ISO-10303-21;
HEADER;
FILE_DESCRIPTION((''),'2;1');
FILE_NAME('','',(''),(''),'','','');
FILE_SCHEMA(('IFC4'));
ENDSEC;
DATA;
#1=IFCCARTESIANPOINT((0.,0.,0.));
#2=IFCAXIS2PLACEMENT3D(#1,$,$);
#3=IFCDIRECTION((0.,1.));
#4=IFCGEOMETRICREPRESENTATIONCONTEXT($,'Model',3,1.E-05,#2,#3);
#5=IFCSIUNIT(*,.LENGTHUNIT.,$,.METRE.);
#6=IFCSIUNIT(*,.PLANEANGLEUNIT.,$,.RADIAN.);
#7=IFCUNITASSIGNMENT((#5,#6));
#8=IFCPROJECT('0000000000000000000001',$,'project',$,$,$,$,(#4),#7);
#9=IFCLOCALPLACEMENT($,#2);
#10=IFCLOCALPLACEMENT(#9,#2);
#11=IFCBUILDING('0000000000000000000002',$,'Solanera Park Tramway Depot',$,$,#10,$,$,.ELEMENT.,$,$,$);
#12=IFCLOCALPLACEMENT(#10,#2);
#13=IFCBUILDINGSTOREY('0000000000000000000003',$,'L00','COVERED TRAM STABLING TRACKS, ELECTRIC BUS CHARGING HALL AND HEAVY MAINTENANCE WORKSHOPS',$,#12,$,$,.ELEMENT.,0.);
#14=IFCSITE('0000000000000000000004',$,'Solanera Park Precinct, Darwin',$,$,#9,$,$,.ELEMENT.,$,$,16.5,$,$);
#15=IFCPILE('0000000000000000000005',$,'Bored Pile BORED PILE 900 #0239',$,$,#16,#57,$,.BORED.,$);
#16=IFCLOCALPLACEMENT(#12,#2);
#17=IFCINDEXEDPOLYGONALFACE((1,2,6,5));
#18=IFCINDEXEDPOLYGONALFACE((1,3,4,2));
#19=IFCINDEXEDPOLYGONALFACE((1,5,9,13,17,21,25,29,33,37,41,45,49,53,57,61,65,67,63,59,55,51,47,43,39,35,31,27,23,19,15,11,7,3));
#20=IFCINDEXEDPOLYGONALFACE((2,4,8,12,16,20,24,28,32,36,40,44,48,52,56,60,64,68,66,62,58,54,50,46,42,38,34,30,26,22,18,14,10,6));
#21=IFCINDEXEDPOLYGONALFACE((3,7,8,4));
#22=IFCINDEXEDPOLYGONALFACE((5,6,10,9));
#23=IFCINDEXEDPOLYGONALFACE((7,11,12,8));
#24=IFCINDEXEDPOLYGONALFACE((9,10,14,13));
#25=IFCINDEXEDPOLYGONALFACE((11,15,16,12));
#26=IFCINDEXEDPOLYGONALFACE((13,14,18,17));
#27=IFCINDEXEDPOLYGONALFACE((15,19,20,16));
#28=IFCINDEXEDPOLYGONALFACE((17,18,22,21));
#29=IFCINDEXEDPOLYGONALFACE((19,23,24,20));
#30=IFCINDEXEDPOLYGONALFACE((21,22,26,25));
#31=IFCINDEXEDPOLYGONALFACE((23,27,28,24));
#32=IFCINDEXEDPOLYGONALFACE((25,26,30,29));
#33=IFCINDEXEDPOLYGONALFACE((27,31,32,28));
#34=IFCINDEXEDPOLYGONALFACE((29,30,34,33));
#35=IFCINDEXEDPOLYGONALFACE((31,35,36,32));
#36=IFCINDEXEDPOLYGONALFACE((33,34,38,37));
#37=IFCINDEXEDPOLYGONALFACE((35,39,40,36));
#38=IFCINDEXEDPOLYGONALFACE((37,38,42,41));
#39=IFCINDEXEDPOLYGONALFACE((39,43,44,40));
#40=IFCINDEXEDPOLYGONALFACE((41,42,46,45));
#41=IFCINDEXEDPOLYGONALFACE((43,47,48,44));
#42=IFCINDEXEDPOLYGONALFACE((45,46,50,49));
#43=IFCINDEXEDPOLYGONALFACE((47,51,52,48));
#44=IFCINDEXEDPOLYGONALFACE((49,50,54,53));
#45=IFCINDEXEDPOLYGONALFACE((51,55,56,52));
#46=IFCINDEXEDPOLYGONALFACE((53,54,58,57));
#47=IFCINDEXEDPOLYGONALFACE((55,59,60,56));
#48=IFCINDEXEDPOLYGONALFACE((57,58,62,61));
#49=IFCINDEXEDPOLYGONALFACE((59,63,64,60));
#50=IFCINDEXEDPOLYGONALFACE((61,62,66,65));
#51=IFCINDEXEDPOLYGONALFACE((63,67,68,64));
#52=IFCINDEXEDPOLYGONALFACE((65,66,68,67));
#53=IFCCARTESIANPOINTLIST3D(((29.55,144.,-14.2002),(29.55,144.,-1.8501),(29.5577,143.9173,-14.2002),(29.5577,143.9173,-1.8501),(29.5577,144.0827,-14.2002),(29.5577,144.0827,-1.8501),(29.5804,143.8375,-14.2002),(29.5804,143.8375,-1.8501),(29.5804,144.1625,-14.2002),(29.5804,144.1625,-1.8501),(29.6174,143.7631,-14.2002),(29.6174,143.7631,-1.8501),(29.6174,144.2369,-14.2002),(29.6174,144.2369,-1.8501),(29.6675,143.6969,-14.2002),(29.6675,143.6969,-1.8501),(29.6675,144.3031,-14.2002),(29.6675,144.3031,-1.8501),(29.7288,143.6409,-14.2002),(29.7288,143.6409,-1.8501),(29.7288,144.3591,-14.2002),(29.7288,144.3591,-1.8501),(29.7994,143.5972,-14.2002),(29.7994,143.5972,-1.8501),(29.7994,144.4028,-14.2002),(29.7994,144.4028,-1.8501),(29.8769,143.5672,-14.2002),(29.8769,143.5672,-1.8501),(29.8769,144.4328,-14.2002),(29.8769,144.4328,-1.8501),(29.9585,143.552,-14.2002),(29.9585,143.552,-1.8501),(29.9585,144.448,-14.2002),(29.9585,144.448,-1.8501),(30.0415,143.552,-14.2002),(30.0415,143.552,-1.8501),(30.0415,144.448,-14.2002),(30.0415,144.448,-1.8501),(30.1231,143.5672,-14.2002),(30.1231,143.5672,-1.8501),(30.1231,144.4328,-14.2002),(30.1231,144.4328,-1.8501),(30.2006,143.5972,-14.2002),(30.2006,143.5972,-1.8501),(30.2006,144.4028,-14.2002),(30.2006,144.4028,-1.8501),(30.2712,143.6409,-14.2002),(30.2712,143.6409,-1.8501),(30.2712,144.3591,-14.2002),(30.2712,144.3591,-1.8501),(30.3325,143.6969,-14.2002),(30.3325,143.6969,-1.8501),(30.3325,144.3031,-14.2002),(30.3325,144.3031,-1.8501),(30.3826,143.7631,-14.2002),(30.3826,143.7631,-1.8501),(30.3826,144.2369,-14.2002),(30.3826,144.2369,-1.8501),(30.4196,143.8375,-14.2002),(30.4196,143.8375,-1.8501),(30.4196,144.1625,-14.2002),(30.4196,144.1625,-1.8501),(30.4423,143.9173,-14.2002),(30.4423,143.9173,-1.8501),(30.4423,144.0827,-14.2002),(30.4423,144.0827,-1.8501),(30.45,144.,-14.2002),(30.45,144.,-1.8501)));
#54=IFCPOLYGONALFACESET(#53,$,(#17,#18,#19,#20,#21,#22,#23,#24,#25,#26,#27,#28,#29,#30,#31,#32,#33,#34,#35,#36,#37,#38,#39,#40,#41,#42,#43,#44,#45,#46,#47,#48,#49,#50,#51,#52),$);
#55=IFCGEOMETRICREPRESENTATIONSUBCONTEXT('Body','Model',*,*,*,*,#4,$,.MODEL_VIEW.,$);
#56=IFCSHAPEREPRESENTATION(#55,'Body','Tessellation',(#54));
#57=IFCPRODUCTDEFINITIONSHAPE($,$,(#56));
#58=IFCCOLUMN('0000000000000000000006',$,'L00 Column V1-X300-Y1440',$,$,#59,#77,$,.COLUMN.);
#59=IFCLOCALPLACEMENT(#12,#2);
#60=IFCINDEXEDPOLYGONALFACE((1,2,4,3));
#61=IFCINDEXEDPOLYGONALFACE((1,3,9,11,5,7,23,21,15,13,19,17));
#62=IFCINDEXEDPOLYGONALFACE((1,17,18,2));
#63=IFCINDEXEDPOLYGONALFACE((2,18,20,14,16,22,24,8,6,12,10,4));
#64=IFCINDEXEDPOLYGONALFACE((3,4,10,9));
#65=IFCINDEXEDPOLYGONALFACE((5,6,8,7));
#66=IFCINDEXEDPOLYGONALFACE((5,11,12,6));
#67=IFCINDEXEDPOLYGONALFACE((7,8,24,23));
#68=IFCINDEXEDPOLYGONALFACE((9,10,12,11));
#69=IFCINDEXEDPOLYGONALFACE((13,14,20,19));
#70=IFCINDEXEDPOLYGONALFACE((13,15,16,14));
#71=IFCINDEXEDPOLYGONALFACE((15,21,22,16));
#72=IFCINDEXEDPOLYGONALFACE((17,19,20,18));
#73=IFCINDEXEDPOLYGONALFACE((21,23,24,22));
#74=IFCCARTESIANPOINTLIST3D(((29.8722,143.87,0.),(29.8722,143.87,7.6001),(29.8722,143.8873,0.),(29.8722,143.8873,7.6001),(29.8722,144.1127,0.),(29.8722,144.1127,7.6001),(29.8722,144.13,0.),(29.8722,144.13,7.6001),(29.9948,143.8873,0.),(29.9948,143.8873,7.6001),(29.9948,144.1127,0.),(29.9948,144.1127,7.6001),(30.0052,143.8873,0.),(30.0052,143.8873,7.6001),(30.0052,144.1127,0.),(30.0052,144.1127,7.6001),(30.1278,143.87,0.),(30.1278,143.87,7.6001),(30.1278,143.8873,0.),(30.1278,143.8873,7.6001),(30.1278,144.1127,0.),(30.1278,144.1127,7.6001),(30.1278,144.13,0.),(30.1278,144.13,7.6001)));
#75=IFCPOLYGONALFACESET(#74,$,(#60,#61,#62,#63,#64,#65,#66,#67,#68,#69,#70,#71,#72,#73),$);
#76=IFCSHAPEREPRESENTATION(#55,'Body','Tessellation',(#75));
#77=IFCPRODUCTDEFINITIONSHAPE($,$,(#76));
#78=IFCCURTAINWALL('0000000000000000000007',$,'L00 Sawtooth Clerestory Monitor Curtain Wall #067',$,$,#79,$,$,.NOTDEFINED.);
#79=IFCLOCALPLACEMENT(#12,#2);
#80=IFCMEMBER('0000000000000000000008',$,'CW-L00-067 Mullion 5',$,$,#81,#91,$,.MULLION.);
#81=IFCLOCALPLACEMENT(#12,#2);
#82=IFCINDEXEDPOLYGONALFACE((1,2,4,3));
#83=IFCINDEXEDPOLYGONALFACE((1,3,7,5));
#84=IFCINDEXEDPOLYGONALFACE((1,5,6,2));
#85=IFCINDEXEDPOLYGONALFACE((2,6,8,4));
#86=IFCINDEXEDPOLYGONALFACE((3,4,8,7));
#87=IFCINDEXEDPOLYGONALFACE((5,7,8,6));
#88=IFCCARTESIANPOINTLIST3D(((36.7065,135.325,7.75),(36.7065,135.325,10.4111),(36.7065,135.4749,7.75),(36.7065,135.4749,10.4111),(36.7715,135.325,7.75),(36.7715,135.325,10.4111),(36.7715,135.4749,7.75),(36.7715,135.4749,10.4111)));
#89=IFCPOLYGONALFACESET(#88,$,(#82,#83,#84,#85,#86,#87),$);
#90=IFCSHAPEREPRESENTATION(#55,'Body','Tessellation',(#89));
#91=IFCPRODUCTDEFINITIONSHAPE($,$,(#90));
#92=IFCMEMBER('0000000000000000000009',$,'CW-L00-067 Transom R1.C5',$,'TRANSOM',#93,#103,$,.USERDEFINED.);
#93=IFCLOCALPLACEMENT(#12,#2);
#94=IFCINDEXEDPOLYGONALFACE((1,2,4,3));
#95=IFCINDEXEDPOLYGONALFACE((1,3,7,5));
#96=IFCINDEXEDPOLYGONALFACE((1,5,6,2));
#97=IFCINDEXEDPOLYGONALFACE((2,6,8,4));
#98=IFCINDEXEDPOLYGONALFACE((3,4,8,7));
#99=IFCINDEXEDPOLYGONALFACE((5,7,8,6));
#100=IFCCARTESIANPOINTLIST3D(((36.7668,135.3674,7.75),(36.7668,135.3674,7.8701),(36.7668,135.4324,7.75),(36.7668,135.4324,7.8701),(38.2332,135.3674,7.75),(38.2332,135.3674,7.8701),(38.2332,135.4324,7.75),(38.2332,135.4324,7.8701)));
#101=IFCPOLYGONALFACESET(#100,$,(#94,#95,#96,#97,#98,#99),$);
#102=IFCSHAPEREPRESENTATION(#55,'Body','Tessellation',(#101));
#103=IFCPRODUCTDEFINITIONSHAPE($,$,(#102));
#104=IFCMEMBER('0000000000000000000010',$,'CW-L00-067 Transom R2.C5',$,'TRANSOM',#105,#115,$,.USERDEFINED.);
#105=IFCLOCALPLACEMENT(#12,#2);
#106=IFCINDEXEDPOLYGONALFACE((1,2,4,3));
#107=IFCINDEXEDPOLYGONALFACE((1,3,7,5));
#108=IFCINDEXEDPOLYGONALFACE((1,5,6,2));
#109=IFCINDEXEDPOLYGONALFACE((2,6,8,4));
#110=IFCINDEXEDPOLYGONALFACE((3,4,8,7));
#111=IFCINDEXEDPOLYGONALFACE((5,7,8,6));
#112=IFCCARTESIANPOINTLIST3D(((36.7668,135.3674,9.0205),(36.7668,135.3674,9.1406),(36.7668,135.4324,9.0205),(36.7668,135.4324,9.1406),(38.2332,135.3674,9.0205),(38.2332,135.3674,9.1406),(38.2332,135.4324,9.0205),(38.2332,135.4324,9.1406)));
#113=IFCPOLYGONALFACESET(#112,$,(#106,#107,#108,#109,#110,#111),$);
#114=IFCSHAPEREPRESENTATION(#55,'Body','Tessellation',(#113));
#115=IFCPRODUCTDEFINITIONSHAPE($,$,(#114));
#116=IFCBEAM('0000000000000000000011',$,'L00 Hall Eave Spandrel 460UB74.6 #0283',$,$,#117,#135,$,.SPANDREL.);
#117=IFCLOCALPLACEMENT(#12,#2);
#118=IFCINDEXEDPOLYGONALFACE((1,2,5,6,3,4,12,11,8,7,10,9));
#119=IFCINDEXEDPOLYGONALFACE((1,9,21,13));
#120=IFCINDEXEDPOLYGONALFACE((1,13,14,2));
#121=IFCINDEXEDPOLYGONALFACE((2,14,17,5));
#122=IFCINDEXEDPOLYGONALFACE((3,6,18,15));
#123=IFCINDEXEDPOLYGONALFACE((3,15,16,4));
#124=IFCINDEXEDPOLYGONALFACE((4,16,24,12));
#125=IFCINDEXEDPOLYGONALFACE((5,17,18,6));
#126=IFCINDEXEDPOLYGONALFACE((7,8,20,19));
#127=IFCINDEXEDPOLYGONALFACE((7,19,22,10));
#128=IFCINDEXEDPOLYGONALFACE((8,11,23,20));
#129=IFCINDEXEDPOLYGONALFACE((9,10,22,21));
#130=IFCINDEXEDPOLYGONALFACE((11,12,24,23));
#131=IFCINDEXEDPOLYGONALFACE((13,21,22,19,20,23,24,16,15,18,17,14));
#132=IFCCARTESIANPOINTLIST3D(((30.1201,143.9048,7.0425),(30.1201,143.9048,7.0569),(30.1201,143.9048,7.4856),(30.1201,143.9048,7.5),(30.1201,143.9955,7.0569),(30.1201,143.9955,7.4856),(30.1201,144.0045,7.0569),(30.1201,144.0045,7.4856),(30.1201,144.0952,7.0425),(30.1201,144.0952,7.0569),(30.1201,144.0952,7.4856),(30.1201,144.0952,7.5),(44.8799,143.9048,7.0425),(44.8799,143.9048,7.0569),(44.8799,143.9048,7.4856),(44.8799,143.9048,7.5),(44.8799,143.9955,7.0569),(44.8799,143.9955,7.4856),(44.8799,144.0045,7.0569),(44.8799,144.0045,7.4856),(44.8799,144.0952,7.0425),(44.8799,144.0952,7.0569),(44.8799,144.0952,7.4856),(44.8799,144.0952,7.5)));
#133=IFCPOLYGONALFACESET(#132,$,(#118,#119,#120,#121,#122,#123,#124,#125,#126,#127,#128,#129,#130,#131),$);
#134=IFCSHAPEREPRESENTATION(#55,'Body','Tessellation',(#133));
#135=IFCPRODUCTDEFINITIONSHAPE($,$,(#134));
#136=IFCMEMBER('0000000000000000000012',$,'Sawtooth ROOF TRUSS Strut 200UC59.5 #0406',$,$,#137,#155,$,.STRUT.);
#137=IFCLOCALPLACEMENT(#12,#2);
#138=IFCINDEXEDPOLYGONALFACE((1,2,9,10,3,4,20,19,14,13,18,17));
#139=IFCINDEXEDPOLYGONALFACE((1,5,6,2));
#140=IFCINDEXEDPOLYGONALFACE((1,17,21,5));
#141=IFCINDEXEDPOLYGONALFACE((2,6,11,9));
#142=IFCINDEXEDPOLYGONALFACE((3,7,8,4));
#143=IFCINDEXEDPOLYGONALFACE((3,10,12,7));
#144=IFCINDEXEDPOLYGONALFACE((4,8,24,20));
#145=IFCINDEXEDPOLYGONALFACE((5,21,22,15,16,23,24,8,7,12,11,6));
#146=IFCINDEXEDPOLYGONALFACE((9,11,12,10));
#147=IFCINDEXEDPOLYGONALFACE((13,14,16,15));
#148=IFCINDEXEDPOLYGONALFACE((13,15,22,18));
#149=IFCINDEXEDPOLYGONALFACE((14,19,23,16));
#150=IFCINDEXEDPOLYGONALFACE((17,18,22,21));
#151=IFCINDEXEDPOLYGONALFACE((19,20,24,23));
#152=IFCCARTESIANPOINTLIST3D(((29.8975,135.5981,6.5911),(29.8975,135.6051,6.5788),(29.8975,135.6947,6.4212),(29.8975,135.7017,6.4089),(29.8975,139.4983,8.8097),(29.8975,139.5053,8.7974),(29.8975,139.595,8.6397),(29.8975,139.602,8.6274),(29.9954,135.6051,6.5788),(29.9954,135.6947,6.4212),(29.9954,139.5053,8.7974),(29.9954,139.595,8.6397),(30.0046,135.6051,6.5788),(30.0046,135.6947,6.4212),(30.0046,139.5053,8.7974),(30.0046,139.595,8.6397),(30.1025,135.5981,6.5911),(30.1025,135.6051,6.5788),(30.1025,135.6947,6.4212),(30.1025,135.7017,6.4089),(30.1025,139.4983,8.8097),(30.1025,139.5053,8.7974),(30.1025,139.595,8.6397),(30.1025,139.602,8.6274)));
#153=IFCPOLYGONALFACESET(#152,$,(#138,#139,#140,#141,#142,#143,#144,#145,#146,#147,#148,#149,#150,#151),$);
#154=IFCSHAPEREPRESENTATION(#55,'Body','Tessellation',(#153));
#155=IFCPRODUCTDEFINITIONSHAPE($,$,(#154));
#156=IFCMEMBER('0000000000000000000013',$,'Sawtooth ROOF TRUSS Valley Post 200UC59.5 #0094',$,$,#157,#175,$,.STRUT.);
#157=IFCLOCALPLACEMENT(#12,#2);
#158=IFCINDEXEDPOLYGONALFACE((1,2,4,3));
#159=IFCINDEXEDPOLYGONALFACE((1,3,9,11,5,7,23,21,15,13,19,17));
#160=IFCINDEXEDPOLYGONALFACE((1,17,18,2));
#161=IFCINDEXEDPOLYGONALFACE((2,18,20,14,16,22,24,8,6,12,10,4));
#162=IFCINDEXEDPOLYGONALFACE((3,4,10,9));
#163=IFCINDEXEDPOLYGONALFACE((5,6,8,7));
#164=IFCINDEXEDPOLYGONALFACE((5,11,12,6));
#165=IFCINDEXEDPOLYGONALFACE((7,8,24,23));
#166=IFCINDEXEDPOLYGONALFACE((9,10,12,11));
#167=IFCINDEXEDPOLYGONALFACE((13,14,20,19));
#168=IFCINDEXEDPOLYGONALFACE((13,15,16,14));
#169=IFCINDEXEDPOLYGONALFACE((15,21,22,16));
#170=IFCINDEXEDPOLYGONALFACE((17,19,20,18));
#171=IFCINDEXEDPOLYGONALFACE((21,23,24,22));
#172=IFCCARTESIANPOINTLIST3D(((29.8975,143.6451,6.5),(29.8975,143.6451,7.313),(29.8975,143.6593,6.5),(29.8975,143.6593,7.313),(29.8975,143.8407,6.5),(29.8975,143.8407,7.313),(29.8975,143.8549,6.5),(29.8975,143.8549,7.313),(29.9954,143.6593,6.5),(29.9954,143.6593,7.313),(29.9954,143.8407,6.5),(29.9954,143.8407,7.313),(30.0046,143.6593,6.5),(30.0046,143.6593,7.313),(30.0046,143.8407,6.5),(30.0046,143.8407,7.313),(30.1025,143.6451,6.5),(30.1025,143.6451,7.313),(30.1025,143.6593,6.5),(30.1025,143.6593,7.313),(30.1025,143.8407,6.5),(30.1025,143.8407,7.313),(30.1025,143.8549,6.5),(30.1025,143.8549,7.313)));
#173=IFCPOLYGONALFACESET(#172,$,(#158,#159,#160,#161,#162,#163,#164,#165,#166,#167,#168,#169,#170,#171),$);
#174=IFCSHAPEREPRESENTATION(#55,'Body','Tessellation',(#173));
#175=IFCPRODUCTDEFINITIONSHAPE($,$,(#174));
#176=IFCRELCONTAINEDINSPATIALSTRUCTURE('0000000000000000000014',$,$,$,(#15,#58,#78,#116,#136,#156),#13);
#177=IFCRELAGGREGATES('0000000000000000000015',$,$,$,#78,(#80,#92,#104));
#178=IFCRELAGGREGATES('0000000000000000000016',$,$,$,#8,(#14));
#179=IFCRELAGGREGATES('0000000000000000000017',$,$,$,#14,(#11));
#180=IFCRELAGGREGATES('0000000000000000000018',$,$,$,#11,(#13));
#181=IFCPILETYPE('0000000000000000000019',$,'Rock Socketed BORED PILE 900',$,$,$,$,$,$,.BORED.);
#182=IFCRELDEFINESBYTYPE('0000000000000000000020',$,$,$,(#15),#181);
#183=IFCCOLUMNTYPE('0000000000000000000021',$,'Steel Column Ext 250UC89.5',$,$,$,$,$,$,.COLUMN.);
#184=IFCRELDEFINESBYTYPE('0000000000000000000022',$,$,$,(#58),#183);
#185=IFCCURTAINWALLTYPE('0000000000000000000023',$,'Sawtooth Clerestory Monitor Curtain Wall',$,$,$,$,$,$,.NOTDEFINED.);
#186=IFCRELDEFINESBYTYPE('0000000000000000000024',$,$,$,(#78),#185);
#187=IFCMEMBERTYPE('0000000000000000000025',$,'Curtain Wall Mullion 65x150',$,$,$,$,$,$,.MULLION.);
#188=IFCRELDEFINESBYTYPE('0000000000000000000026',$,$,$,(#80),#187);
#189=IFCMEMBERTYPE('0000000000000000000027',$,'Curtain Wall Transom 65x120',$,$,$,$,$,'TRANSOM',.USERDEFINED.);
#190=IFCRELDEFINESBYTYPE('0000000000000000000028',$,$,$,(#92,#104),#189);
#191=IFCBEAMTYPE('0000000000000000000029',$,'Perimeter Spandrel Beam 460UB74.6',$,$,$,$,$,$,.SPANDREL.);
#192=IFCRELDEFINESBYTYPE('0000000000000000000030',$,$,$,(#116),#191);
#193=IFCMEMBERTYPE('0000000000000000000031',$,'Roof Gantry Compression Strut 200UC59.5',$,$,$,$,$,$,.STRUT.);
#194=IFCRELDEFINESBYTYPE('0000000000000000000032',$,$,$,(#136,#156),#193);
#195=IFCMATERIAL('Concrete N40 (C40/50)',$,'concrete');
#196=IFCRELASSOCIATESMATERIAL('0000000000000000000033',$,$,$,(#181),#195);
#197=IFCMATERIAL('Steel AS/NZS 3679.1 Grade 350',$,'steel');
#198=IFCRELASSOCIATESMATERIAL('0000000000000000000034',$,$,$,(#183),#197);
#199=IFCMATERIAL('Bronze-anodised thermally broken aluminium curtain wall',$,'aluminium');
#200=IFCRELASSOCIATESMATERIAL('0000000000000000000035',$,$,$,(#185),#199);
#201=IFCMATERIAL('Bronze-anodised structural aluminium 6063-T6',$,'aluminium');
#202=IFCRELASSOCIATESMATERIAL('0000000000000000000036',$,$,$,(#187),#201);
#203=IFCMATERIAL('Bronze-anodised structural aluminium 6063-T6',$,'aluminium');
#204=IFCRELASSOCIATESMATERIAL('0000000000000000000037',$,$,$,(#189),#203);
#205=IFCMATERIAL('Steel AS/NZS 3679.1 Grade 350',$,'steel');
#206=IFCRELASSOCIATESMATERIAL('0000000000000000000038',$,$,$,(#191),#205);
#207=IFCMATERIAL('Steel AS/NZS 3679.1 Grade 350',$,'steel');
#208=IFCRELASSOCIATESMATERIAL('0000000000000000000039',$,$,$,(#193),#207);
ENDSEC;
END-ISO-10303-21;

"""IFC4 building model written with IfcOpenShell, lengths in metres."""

from ifc_helpers import new_model, si_unit, direction, frame, origin, origin_2d, place, context, subcontext, project, spatial, rectangle, circle, i_section, extrude, material, material_profile, profile_set, type_object, element, aggregate, save


model = new_model("IFC4")

# Units and contexts
model_context = context("Model", 3, precision=1e-05, world=origin(), true_north=direction((0.0, 1.0)))
body_context = subcontext(model_context, "Body", "Model", "MODEL_VIEW")
ifc_project = project(units=[si_unit("LENGTHUNIT", "METRE"), si_unit("PLANEANGLEUNIT", "RADIAN")], contexts=[model_context])

# Site, building, storey
site_placement = place(None, origin())
site = spatial("IfcSite", under=ifc_project, at=site_placement, Name="Solanera Park Precinct, Darwin", CompositionType="ELEMENT", RefElevation=16.5)
building_placement = place(site_placement, origin())
building = spatial("IfcBuilding", under=site, at=building_placement, Name="Solanera Park Tramway Depot", CompositionType="ELEMENT")
storey_placement = place(building_placement, origin())
storey = spatial("IfcBuildingStorey", under=building, at=storey_placement, Name="L00", Description="COVERED TRAM STABLING TRACKS, ELECTRIC BUS CHARGING HALL AND HEAVY MAINTENANCE WORKSHOPS", CompositionType="ELEMENT", Elevation=0.0)

# Pile
ifc_material_1 = material(Name="Concrete N40 (C40/50)", Category="concrete")
ifc_material_profile_1 = material_profile(ifc_material_1, circle(Radius=0.45, at=origin_2d()), Name="BORED PILE 900")
ifc_profile_set_1 = profile_set([ifc_material_profile_1], Name="Concrete N40 (C40/50)")
pile_type = type_object("IfcPileType", Name="Rock Socketed BORED PILE 900", PredefinedType="BORED", material=ifc_profile_set_1)
pile_placement = place(storey_placement, frame((30.0, 144.0, -1.8501), z_axis=(0.0, 0.0, -1.0), x_axis=(1.0, 0.0, 0.0)))
element("IfcPile", 1, at=pile_placement, inside=storey, type_object=pile_type, Name="Bored Pile BORED PILE 900 #0239", PredefinedType="BORED", context=body_context, shape_type="SweptSolid", body=[
    extrude(circle(Radius=0.45, at=origin_2d()), origin(), (0.0, 0.0, 1.0), 12.3501),
])

# Column
ifc_material_2 = material(Name="Steel AS/NZS 3679.1 Grade 350", Category="steel")
ifc_material_profile_2 = material_profile(ifc_material_2, i_section(OverallWidth=0.2556, OverallDepth=0.26, WebThickness=0.0105, FlangeThickness=0.0173, at=origin_2d()), Name="250UC89.5")
ifc_profile_set_2 = profile_set([ifc_material_profile_2], Name="Steel AS/NZS 3679.1 Grade 350")
column_type = type_object("IfcColumnType", Name="Steel Column Ext 250UC89.5", PredefinedType="COLUMN", material=ifc_profile_set_2)
column_placement = place(storey_placement, frame((30.0, 144.0, 0.0), z_axis=(0.0, 0.0, 1.0), x_axis=(1.0, 0.0, 0.0)))
element("IfcColumn", 2, at=column_placement, inside=storey, type_object=column_type, Name="L00 Column V1-X300-Y1440", PredefinedType="COLUMN", context=body_context, shape_type="SweptSolid", body=[
    extrude(i_section(OverallWidth=0.2556, OverallDepth=0.26, WebThickness=0.0105, FlangeThickness=0.0173, at=origin_2d()), origin(), (0.0, 0.0, 1.0), 7.6001),
])

# Curtain wall, members
ifc_material_3 = material(Name="Bronze-anodised thermally broken aluminium curtain wall", Category="aluminium")
curtain_wall_type = type_object("IfcCurtainWallType", Name="Sawtooth Clerestory Monitor Curtain Wall", PredefinedType="NOTDEFINED", material=ifc_material_3)
curtain_wall_placement = place(storey_placement, origin())
curtain_wall = element("IfcCurtainWall", 3, at=curtain_wall_placement, inside=storey, type_object=curtain_wall_type, Name="L00 Sawtooth Clerestory Monitor Curtain Wall #067", PredefinedType="NOTDEFINED")
ifc_material_4 = material(Name="Bronze-anodised structural aluminium 6063-T6", Category="aluminium")
ifc_material_profile_3 = material_profile(ifc_material_4, rectangle(XDim=0.0649, YDim=0.1499, at=origin_2d()), Name="Curtain Wall Mullion 65x150")
ifc_profile_set_3 = profile_set([ifc_material_profile_3], Name="Bronze-anodised structural aluminium 6063-T6")
member_type_1 = type_object("IfcMemberType", Name="Curtain Wall Mullion 65x150", PredefinedType="MULLION", material=ifc_profile_set_3)
member_1_placement = place(storey_placement, frame((36.739, 135.3999, 7.75), z_axis=(0.0, 0.0, 1.0), x_axis=(1.0, 0.0, 0.0)))
member_1 = element("IfcMember", 4, at=member_1_placement, type_object=member_type_1, Name="CW-L00-067 Mullion 5", PredefinedType="MULLION", context=body_context, shape_type="SweptSolid", body=[
    extrude(rectangle(XDim=0.0649, YDim=0.1499, at=origin_2d()), origin(), (0.0, 0.0, 1.0), 2.6611),
])
ifc_material_5 = material(Name="Bronze-anodised structural aluminium 6063-T6", Category="aluminium")
ifc_material_profile_4 = material_profile(ifc_material_5, rectangle(XDim=0.0649, YDim=0.1201, at=origin_2d()), Name="Curtain Wall Transom 65x120")
ifc_profile_set_4 = profile_set([ifc_material_profile_4], Name="Bronze-anodised structural aluminium 6063-T6")
member_type_2 = type_object("IfcMemberType", Name="Curtain Wall Transom 65x120", ElementType="TRANSOM", PredefinedType="USERDEFINED", material=ifc_profile_set_4)
member_2_placement = place(storey_placement, frame((36.7668, 135.3999, 7.8101), z_axis=(1.0, 0.0, 0.0), x_axis=(0.0, 1.0, 0.0)))
member_2 = element("IfcMember", 5, at=member_2_placement, type_object=member_type_2, Name="CW-L00-067 Transom R1.C5", ObjectType="TRANSOM", PredefinedType="USERDEFINED", context=body_context, shape_type="SweptSolid", body=[
    extrude(rectangle(XDim=0.0649, YDim=0.1201, at=origin_2d()), origin(), (0.0, 0.0, 1.0), 1.4663),
])
member_3_placement = place(storey_placement, frame((36.7668, 135.3999, 9.0806), z_axis=(1.0, 0.0, 0.0), x_axis=(0.0, 1.0, 0.0)))
member_3 = element("IfcMember", 6, at=member_3_placement, type_object=member_type_2, Name="CW-L00-067 Transom R2.C5", ObjectType="TRANSOM", PredefinedType="USERDEFINED", context=body_context, shape_type="SweptSolid", body=[
    extrude(rectangle(XDim=0.0649, YDim=0.1201, at=origin_2d()), origin(), (0.0, 0.0, 1.0), 1.4663),
])

# Beam
ifc_material_6 = material(Name="Steel AS/NZS 3679.1 Grade 350", Category="steel")
ifc_material_profile_5 = material_profile(ifc_material_6, i_section(OverallWidth=0.1904, OverallDepth=0.4575, WebThickness=0.009, FlangeThickness=0.0144, at=origin_2d()), Name="460UB74.6")
ifc_profile_set_5 = profile_set([ifc_material_profile_5], Name="Steel AS/NZS 3679.1 Grade 350")
beam_type_1 = type_object("IfcBeamType", Name="Perimeter Spandrel Beam 460UB74.6", PredefinedType="SPANDREL", material=ifc_profile_set_5)
beam_1_placement = place(storey_placement, frame((30.1201, 144.0, 7.2712), z_axis=(1.0, 0.0, 0.0), x_axis=(0.0, 1.0, 0.0)))
element("IfcBeam", 7, at=beam_1_placement, inside=storey, type_object=beam_type_1, Name="L00 Hall Eave Spandrel 460UB74.6 #0283", PredefinedType="SPANDREL", context=body_context, shape_type="SweptSolid", body=[
    extrude(i_section(OverallWidth=0.1904, OverallDepth=0.4575, WebThickness=0.009, FlangeThickness=0.0144, at=origin_2d()), origin(), (0.0, 0.0, 1.0), 14.7598),
])

# Members
ifc_material_7 = material(Name="Steel AS/NZS 3679.1 Grade 350", Category="steel")
ifc_material_profile_6 = material_profile(ifc_material_7, i_section(OverallWidth=0.2051, OverallDepth=0.2097, WebThickness=0.0093, FlangeThickness=0.0142, at=origin_2d()), Name="200UC59.5")
ifc_profile_set_6 = profile_set([ifc_material_profile_6], Name="Steel AS/NZS 3679.1 Grade 350")
member_type_3 = type_object("IfcMemberType", Name="Roof Gantry Compression Strut 200UC59.5", PredefinedType="STRUT", material=ifc_profile_set_6)
member_4_placement = place(storey_placement, frame((30.0, 135.6499, 6.5), z_axis=(0.0, 0.869216, 0.494433), x_axis=(-1.0, 0.0, 0.0)))
element("IfcMember", 8, at=member_4_placement, inside=storey, type_object=member_type_3, Name="Sawtooth ROOF TRUSS Strut 200UC59.5 #0406", PredefinedType="STRUT", context=body_context, shape_type="SweptSolid", body=[
    extrude(i_section(OverallWidth=0.2051, OverallDepth=0.2097, WebThickness=0.0093, FlangeThickness=0.0142, at=origin_2d()), origin(), (0.0, 0.0, 1.0), 4.4871),
])
member_5_placement = place(storey_placement, frame((30.0, 143.75, 6.5), z_axis=(0.0, 0.0, 1.0), x_axis=(1.0, 0.0, 0.0)))
element("IfcMember", 9, at=member_5_placement, inside=storey, type_object=member_type_3, Name="Sawtooth ROOF TRUSS Valley Post 200UC59.5 #0094", PredefinedType="STRUT", context=body_context, shape_type="SweptSolid", body=[
    extrude(i_section(OverallWidth=0.2051, OverallDepth=0.2097, WebThickness=0.0093, FlangeThickness=0.0142, at=origin_2d()), origin(), (0.0, 0.0, 1.0), 0.813),
])

aggregate(curtain_wall, [member_1, member_2, member_3])

save(model, "model.ifc")
